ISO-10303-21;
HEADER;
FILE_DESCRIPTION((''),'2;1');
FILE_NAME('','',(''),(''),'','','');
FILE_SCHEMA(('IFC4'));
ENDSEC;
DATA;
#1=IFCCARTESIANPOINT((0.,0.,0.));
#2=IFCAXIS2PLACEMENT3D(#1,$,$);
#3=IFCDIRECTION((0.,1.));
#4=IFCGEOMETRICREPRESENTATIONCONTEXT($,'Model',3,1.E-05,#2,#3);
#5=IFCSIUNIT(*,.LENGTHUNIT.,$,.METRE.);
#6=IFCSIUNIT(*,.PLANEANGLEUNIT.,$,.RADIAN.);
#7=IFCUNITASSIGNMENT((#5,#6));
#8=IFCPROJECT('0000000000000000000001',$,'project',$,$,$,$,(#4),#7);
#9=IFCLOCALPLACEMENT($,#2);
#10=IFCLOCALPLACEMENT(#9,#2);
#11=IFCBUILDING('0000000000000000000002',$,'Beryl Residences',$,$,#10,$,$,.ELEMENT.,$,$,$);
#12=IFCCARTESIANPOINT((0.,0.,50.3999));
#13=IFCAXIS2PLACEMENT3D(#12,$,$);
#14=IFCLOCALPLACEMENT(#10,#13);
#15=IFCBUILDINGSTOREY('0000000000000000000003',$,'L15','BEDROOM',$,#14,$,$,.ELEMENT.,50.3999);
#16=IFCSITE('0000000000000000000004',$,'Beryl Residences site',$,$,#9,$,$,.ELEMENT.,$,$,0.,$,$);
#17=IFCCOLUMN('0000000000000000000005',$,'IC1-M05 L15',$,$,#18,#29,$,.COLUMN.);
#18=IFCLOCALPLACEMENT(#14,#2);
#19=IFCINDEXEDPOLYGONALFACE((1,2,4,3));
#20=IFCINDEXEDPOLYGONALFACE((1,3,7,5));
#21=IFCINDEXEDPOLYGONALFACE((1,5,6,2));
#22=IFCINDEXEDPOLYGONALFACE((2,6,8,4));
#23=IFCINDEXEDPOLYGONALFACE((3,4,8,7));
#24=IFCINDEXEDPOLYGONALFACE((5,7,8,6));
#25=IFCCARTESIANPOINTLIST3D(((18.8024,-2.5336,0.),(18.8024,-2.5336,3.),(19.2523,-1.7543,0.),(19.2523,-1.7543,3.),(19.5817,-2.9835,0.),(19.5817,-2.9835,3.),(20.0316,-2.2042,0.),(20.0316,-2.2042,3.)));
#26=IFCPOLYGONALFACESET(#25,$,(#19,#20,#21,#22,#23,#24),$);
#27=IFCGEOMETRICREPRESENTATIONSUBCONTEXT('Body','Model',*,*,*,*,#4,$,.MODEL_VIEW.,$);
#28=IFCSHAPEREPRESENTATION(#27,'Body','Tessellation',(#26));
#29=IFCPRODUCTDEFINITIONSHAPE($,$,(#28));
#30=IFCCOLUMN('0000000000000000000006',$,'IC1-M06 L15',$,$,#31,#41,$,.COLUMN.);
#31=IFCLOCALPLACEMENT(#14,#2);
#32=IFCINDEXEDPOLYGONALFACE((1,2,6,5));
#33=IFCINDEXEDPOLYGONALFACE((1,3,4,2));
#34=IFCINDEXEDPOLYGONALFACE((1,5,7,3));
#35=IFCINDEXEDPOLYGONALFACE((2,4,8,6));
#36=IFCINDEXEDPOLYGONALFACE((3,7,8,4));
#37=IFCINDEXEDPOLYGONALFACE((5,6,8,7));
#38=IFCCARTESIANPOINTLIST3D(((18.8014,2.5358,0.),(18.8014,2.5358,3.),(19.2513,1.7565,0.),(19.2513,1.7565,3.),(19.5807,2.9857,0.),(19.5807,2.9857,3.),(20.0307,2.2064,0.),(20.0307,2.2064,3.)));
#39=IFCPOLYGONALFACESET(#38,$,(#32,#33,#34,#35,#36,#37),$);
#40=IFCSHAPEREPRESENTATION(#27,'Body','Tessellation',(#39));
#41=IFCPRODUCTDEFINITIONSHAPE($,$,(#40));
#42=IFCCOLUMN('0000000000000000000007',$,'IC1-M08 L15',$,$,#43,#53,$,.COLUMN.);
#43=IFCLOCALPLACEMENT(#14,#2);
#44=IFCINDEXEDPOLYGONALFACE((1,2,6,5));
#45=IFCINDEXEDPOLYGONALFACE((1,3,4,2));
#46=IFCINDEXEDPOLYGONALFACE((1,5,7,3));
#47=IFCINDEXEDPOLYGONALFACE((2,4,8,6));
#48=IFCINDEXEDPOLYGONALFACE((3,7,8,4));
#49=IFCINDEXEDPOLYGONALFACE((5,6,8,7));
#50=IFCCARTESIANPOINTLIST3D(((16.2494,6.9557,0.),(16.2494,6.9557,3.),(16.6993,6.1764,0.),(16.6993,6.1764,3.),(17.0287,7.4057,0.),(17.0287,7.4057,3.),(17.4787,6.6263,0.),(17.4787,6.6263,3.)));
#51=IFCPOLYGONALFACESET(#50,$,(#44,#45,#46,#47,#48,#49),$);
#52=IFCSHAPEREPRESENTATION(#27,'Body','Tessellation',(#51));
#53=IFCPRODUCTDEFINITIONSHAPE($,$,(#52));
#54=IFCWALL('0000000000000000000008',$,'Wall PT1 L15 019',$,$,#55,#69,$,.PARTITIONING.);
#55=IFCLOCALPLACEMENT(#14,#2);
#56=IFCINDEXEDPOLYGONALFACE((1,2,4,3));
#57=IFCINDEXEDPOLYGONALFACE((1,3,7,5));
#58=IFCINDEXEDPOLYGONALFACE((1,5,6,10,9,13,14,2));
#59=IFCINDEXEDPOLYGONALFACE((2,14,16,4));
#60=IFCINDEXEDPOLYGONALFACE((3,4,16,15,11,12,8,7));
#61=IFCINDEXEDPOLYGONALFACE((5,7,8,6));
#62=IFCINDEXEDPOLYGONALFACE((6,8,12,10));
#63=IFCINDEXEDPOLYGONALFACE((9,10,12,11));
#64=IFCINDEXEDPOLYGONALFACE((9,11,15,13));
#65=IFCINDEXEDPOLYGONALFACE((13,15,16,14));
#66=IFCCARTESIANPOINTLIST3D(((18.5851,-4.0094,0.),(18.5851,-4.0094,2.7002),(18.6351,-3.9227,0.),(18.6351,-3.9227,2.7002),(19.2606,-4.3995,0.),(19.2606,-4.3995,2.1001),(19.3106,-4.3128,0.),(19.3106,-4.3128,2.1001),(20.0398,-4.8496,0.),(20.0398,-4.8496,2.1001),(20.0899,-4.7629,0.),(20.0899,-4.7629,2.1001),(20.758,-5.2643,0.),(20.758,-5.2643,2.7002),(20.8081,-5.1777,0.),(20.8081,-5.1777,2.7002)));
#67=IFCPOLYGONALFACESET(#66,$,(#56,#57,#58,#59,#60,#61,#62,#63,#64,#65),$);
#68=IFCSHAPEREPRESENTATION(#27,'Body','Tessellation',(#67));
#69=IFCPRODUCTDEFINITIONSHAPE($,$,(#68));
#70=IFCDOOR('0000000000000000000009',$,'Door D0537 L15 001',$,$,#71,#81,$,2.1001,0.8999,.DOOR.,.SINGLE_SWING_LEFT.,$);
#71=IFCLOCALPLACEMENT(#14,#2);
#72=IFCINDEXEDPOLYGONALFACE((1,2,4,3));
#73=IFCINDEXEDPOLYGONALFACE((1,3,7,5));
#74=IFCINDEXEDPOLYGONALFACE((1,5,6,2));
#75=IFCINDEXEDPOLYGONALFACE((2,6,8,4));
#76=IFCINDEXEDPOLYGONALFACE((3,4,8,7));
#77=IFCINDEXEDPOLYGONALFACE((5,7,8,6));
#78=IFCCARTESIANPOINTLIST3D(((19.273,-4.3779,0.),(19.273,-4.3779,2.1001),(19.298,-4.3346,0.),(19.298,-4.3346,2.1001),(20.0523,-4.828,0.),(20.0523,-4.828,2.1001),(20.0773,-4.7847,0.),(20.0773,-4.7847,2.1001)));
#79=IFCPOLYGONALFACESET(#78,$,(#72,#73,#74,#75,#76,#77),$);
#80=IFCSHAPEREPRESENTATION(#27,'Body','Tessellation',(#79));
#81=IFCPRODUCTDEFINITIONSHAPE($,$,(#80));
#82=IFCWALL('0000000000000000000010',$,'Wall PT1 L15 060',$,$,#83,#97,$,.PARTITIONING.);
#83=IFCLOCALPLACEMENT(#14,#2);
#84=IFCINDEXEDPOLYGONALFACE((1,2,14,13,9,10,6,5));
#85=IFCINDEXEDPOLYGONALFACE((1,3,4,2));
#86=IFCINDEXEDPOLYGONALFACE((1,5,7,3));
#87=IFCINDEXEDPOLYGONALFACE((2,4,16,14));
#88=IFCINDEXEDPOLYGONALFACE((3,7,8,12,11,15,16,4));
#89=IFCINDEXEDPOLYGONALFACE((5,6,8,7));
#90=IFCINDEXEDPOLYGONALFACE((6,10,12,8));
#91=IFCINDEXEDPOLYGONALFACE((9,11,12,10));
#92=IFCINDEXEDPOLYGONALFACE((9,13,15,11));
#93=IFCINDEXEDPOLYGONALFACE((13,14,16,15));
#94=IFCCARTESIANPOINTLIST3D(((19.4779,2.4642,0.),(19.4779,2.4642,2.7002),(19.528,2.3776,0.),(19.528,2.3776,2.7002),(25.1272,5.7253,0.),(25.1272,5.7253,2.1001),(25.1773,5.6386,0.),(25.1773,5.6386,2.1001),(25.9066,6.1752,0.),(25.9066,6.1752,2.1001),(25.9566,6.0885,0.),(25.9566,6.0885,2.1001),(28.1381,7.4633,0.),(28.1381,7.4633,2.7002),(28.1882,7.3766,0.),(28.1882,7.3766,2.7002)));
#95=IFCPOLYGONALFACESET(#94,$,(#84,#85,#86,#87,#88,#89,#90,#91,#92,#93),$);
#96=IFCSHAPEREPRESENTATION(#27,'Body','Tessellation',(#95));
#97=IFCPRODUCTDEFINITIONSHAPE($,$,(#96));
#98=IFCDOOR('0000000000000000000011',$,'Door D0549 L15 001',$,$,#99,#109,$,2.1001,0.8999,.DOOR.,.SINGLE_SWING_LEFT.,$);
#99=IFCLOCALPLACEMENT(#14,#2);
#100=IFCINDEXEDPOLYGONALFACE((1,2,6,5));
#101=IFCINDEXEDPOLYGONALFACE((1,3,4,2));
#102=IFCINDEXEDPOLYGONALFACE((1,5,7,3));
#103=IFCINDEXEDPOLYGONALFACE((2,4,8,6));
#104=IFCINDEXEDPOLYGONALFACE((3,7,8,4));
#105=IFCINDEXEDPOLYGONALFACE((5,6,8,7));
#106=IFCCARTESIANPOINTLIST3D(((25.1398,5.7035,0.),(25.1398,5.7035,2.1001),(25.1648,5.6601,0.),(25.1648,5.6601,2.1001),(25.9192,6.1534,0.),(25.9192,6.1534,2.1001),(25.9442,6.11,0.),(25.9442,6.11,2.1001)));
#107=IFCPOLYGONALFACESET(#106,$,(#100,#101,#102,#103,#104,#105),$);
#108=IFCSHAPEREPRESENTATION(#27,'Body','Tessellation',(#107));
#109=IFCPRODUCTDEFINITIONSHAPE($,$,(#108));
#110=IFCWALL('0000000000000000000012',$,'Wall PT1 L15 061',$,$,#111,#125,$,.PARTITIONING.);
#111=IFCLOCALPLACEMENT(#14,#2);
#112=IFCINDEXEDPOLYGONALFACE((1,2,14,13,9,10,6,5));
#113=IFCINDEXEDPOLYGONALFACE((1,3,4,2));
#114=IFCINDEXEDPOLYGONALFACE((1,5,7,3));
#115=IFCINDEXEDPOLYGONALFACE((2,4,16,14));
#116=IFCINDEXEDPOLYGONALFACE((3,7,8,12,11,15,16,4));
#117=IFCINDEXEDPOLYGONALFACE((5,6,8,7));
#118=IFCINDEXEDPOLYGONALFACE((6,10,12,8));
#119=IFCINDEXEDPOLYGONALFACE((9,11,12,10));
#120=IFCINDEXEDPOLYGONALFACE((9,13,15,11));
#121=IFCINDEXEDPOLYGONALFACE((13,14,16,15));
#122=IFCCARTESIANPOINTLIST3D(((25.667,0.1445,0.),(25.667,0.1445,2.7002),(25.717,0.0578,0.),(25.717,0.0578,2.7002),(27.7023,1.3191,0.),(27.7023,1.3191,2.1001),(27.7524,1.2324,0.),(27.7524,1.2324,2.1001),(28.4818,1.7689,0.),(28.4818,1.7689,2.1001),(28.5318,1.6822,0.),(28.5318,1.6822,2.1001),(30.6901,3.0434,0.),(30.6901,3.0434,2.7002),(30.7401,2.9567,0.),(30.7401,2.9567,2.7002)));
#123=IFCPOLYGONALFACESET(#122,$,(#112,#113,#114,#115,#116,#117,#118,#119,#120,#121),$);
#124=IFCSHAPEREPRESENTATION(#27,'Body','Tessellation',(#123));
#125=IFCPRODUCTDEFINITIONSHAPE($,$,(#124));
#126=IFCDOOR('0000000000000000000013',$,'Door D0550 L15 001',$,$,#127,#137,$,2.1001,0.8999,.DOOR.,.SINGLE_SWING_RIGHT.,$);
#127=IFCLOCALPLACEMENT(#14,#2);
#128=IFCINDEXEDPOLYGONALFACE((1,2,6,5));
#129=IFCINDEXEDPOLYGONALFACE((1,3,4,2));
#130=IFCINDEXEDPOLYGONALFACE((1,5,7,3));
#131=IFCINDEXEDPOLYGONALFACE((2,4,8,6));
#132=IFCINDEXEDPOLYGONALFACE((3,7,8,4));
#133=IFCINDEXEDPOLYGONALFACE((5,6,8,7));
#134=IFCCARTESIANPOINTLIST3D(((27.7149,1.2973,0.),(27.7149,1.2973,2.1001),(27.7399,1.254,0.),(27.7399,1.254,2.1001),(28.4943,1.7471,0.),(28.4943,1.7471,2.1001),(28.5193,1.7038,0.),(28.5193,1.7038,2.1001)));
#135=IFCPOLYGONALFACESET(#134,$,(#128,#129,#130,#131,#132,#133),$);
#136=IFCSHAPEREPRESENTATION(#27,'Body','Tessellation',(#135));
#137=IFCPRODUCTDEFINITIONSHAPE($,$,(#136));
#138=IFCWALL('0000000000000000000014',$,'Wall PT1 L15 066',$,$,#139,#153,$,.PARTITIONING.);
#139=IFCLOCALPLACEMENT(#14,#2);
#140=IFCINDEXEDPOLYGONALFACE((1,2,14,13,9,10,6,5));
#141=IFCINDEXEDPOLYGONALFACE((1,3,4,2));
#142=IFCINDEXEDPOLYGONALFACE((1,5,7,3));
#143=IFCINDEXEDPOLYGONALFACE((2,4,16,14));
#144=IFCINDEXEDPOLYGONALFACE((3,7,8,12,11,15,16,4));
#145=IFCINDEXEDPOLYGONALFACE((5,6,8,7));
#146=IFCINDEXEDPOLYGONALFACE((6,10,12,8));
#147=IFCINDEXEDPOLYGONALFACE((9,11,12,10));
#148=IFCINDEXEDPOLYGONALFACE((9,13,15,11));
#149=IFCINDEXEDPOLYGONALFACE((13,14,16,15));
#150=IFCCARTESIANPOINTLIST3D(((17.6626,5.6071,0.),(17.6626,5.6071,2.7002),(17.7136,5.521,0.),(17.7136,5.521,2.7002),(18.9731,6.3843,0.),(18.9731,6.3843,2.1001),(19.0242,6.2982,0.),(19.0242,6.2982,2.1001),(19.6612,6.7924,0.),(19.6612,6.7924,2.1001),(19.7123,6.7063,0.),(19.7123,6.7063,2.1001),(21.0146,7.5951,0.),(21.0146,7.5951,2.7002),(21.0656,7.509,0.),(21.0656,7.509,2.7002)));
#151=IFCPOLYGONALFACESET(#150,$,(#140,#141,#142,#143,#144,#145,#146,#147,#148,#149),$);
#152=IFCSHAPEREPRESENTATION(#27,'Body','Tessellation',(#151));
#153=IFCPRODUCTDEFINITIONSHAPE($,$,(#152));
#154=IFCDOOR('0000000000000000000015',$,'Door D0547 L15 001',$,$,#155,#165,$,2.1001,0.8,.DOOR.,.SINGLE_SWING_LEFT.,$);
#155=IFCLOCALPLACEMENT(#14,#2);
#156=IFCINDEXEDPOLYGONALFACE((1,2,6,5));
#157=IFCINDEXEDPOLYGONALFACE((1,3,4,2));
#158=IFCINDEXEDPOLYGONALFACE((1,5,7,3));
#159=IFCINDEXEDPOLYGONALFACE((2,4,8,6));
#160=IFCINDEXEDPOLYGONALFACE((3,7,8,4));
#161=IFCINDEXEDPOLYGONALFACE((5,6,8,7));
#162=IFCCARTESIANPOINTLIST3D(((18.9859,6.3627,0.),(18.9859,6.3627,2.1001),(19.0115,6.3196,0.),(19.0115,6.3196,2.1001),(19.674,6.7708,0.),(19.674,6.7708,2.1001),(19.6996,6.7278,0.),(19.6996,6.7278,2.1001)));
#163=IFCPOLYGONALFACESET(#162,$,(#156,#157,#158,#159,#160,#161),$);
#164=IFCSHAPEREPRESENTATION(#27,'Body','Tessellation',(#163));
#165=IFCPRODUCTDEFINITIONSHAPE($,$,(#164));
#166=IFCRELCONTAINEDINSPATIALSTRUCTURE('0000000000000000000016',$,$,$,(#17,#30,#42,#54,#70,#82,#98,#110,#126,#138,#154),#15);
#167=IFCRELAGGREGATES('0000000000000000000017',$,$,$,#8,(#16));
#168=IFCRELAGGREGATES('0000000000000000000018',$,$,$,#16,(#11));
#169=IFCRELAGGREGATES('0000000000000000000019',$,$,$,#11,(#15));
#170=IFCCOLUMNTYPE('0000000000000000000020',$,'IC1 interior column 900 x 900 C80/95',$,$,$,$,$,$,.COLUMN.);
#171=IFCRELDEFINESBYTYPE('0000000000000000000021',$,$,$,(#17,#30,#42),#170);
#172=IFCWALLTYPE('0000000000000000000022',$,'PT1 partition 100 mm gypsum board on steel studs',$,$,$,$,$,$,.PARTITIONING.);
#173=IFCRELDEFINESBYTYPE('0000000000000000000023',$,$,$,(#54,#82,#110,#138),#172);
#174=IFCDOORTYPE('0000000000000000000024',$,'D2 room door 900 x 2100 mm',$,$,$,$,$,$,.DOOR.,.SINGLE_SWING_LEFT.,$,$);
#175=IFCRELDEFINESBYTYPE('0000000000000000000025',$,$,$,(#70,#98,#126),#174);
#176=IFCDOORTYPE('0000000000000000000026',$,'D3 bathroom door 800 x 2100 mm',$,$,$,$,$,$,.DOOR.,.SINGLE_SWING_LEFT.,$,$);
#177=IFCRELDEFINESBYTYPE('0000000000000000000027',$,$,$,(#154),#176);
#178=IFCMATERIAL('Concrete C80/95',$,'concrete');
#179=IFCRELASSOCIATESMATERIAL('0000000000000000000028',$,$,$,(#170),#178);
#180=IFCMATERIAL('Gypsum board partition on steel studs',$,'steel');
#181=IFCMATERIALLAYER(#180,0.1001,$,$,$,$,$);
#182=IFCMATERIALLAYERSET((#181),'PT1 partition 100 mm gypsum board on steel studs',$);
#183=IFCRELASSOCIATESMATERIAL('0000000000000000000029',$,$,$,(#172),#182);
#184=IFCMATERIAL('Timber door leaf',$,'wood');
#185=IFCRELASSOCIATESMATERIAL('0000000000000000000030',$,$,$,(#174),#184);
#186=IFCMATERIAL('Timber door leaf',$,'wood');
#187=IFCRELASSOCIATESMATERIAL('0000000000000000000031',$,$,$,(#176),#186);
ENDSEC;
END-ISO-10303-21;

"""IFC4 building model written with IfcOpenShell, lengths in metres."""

from ifc_helpers import new_model, si_unit, direction, frame, frame_2d, origin, origin_2d, place, context, subcontext, project, spatial, rectangle, extrude, material, layer, layer_set, material_profile, profile_set, type_object, element, fill, save


model = new_model("IFC4")

# Units and contexts
model_context = context("Model", 3, precision=1e-05, world=origin(), true_north=direction((0.0, 1.0)))
body_context = subcontext(model_context, "Body", "Model", "MODEL_VIEW")
ifc_project = project(units=[si_unit("LENGTHUNIT", "METRE"), si_unit("PLANEANGLEUNIT", "RADIAN")], contexts=[model_context])

# Site, building, storey
site_placement = place(None, origin())
site = spatial("IfcSite", under=ifc_project, at=site_placement, Name="Beryl Residences site", CompositionType="ELEMENT", RefElevation=0.0)
building_placement = place(site_placement, origin())
building = spatial("IfcBuilding", under=site, at=building_placement, Name="Beryl Residences", CompositionType="ELEMENT")
storey_placement = place(building_placement, frame((0.0, 0.0, 50.3999)))
storey = spatial("IfcBuildingStorey", under=building, at=storey_placement, Name="L15", Description="BEDROOM", CompositionType="ELEMENT", Elevation=50.3999)

# Columns
ifc_material_1 = material(Name="Concrete C80/95", Category="concrete")
ifc_material_profile = material_profile(ifc_material_1, rectangle(XDim=0.8999, YDim=0.8999, at=origin_2d()))
ifc_profile_set = profile_set([ifc_material_profile], Name="Concrete C80/95")
column_type = type_object("IfcColumnType", Name="IC1 interior column 900 x 900 C80/95", PredefinedType="COLUMN", material=ifc_profile_set)
for number, where, z_axis, x_axis, name in (
    (1, (19.417, -2.3689, 0.0), (0.0, 0.0, 1.0), (0.499985, 0.866034, 0.0), "IC1-M05 L15"),
    (2, (19.416, 2.3711, 0.0), (0.0, 0.0, 1.0), (-0.499985, 0.866034, 0.0), "IC1-M06 L15"),
    (3, (16.864, 6.791, 0.0), (0.0, 0.0, 1.0), (-0.499985, 0.866034, 0.0), "IC1-M08 L15"),
):
    element("IfcColumn", number, at=place(storey_placement, frame(where, z_axis=z_axis, x_axis=x_axis)), inside=storey, type_object=column_type, Name=name, PredefinedType="COLUMN", context=body_context, shape_type="SweptSolid", body=[
        extrude(rectangle(XDim=0.8999, YDim=0.8999, at=origin_2d()), origin(), (0.0, 0.0, 1.0), 3.0),
    ])

# Walls, openings, doors
ifc_material_2 = material(Name="Gypsum board partition on steel studs", Category="steel")
ifc_layer_1 = layer(ifc_material_2, 0.1001)
ifc_layer_set_1 = layer_set([ifc_layer_1], Name="PT1 partition 100 mm gypsum board on steel studs")
wall_type_1 = type_object("IfcWallType", Name="PT1 partition 100 mm gypsum board on steel studs", PredefinedType="PARTITIONING", material=ifc_layer_set_1)
wall_1_placement = place(storey_placement, frame((18.6101, -3.9661, 0.0), z_axis=(0.0, 0.0, 1.0), x_axis=(0.865959, -0.500115, 0.0)))
wall_1 = element("IfcWall", 4, at=wall_1_placement, inside=storey, type_object=wall_type_1, Name="Wall PT1 L15 019", PredefinedType="PARTITIONING", context=body_context, shape_type="SweptSolid", body=[
    extrude(rectangle(XDim=2.5093, YDim=0.1001, at=frame_2d((1.2546, 0.0))), origin(), (0.0, 0.0, 1.0), 2.7002),
])
opening_1_placement = place(wall_1_placement, frame((0.78, 0.0, 0.0)))
opening_1 = element("IfcOpeningElement", 5, at=opening_1_placement, cuts=wall_1, PredefinedType="OPENING", context=body_context, shape_type="SweptSolid", body=[
    extrude(rectangle(XDim=0.8999, YDim=2.1001, at=frame_2d((0.45, 1.05))), frame((0.0, 0.0601, 0.0), z_axis=(0.0, -1.0, 0.0), x_axis=(1.0, 0.0, 0.0)), (0.0, 0.0, 1.0), 0.1201),
])
ifc_material_3 = material(Name="Timber door leaf", Category="wood")
door_type_1 = type_object("IfcDoorType", Name="D2 room door 900 x 2100 mm", OperationType="SINGLE_SWING_LEFT", PredefinedType="DOOR", material=ifc_material_3)
door_1_placement = place(opening_1_placement, origin())
door_1 = element("IfcDoor", 6, at=door_1_placement, inside=storey, type_object=door_type_1, Name="Door D0537 L15 001", OperationType="SINGLE_SWING_LEFT", OverallHeight=2.1001, OverallWidth=0.8999, PredefinedType="DOOR", context=body_context, shape_type="SweptSolid", body=[
    extrude(rectangle(XDim=0.8999, YDim=2.1001, at=frame_2d((0.45, 1.05))), frame((0.0, 0.0249, 0.0), z_axis=(0.0, -1.0, 0.0), x_axis=(1.0, 0.0, 0.0)), (0.0, 0.0, 1.0), 0.05),
])
fill(opening_1, door_1)
wall_2_placement = place(storey_placement, frame((19.5029, 2.4209, 0.0), z_axis=(0.0, 0.0, 1.0), x_axis=(0.866065, 0.499931, 0.0)))
wall_2 = element("IfcWall", 7, at=wall_2_placement, inside=storey, type_object=wall_type_1, Name="Wall PT1 L15 060", PredefinedType="PARTITIONING", context=body_context, shape_type="SweptSolid", body=[
    extrude(rectangle(XDim=9.9995, YDim=0.1001, at=frame_2d((4.9998, 0.0))), origin(), (0.0, 0.0, 1.0), 2.7002),
])
opening_2_placement = place(wall_2_placement, frame((6.5229, 0.0, 0.0)))
opening_2 = element("IfcOpeningElement", 8, at=opening_2_placement, cuts=wall_2, PredefinedType="OPENING", context=body_context, shape_type="SweptSolid", body=[
    extrude(rectangle(XDim=0.8999, YDim=2.1001, at=frame_2d((0.45, 1.05))), frame((0.0, 0.0601, 0.0), z_axis=(0.0, -1.0, 0.0), x_axis=(1.0, 0.0, 0.0)), (0.0, 0.0, 1.0), 0.1201),
])
door_2_placement = place(opening_2_placement, origin())
door_2 = element("IfcDoor", 9, at=door_2_placement, inside=storey, type_object=door_type_1, Name="Door D0549 L15 001", OperationType="SINGLE_SWING_LEFT", OverallHeight=2.1001, OverallWidth=0.8999, PredefinedType="DOOR", context=body_context, shape_type="SweptSolid", body=[
    extrude(rectangle(XDim=0.8999, YDim=2.1001, at=frame_2d((0.45, 1.05))), frame((0.0, 0.0249, 0.0), z_axis=(0.0, -1.0, 0.0), x_axis=(1.0, 0.0, 0.0)), (0.0, 0.0, 1.0), 0.05),
])
fill(opening_2, door_2)
wall_3_placement = place(storey_placement, frame((25.6919, 0.1011, 0.0), z_axis=(0.0, 0.0, 1.0), x_axis=(0.866116, 0.499843, 0.0)))
wall_3 = element("IfcWall", 10, at=wall_3_placement, inside=storey, type_object=wall_type_1, Name="Wall PT1 L15 061", PredefinedType="PARTITIONING", context=body_context, shape_type="SweptSolid", body=[
    extrude(rectangle(XDim=5.7996, YDim=0.1001, at=frame_2d((2.8999, 0.0))), origin(), (0.0, 0.0, 1.0), 2.7002),
])
opening_3_placement = place(wall_3_placement, frame((2.3501, 0.0, 0.0)))
opening_3 = element("IfcOpeningElement", 11, at=opening_3_placement, cuts=wall_3, PredefinedType="OPENING", context=body_context, shape_type="SweptSolid", body=[
    extrude(rectangle(XDim=0.8999, YDim=2.1001, at=frame_2d((0.45, 1.05))), frame((0.0, 0.0601, 0.0), z_axis=(0.0, -1.0, 0.0), x_axis=(1.0, 0.0, 0.0)), (0.0, 0.0, 1.0), 0.1201),
])
door_3_placement = place(opening_3_placement, origin())
door_3 = element("IfcDoor", 12, at=door_3_placement, inside=storey, type_object=door_type_1, Name="Door D0550 L15 001", OperationType="SINGLE_SWING_RIGHT", OverallHeight=2.1001, OverallWidth=0.8999, PredefinedType="DOOR", context=body_context, shape_type="SweptSolid", body=[
    extrude(rectangle(XDim=0.8999, YDim=2.1001, at=frame_2d((0.45, 1.05))), frame((0.0, 0.0249, 0.0), z_axis=(0.0, -1.0, 0.0), x_axis=(1.0, 0.0, 0.0)), (0.0, 0.0, 1.0), 0.05),
])
fill(opening_3, door_3)
wall_4_placement = place(storey_placement, frame((17.688, 5.564, 0.0), z_axis=(0.0, 0.0, 1.0), x_axis=(0.860107, 0.510113, 0.0)))
wall_4 = element("IfcWall", 13, at=wall_4_placement, inside=storey, type_object=wall_type_1, Name="Wall PT1 L15 066", PredefinedType="PARTITIONING", context=body_context, shape_type="SweptSolid", body=[
    extrude(rectangle(XDim=3.8972, YDim=0.1001, at=frame_2d((1.9487, 0.0))), origin(), (0.0, 0.0, 1.0), 2.7002),
])
opening_4_placement = place(wall_4_placement, frame((1.5239, 0.0, 0.0)))
opening_4 = element("IfcOpeningElement", 14, at=opening_4_placement, cuts=wall_4, PredefinedType="OPENING", context=body_context, shape_type="SweptSolid", body=[
    extrude(rectangle(XDim=0.8, YDim=2.1001, at=frame_2d((0.3999, 1.05))), frame((0.0, 0.0601, 0.0), z_axis=(0.0, -1.0, 0.0), x_axis=(1.0, 0.0, 0.0)), (0.0, 0.0, 1.0), 0.1201),
])
ifc_material_4 = material(Name="Timber door leaf", Category="wood")
door_type_2 = type_object("IfcDoorType", Name="D3 bathroom door 800 x 2100 mm", OperationType="SINGLE_SWING_LEFT", PredefinedType="DOOR", material=ifc_material_4)
door_4_placement = place(opening_4_placement, origin())
door_4 = element("IfcDoor", 15, at=door_4_placement, inside=storey, type_object=door_type_2, Name="Door D0547 L15 001", OperationType="SINGLE_SWING_LEFT", OverallHeight=2.1001, OverallWidth=0.8, PredefinedType="DOOR", context=body_context, shape_type="SweptSolid", body=[
    extrude(rectangle(XDim=0.8, YDim=2.1001, at=frame_2d((0.3999, 1.05))), frame((0.0, 0.0249, 0.0), z_axis=(0.0, -1.0, 0.0), x_axis=(1.0, 0.0, 0.0)), (0.0, 0.0, 1.0), 0.05),
])
fill(opening_4, door_4)

save(model, "model.ifc")
